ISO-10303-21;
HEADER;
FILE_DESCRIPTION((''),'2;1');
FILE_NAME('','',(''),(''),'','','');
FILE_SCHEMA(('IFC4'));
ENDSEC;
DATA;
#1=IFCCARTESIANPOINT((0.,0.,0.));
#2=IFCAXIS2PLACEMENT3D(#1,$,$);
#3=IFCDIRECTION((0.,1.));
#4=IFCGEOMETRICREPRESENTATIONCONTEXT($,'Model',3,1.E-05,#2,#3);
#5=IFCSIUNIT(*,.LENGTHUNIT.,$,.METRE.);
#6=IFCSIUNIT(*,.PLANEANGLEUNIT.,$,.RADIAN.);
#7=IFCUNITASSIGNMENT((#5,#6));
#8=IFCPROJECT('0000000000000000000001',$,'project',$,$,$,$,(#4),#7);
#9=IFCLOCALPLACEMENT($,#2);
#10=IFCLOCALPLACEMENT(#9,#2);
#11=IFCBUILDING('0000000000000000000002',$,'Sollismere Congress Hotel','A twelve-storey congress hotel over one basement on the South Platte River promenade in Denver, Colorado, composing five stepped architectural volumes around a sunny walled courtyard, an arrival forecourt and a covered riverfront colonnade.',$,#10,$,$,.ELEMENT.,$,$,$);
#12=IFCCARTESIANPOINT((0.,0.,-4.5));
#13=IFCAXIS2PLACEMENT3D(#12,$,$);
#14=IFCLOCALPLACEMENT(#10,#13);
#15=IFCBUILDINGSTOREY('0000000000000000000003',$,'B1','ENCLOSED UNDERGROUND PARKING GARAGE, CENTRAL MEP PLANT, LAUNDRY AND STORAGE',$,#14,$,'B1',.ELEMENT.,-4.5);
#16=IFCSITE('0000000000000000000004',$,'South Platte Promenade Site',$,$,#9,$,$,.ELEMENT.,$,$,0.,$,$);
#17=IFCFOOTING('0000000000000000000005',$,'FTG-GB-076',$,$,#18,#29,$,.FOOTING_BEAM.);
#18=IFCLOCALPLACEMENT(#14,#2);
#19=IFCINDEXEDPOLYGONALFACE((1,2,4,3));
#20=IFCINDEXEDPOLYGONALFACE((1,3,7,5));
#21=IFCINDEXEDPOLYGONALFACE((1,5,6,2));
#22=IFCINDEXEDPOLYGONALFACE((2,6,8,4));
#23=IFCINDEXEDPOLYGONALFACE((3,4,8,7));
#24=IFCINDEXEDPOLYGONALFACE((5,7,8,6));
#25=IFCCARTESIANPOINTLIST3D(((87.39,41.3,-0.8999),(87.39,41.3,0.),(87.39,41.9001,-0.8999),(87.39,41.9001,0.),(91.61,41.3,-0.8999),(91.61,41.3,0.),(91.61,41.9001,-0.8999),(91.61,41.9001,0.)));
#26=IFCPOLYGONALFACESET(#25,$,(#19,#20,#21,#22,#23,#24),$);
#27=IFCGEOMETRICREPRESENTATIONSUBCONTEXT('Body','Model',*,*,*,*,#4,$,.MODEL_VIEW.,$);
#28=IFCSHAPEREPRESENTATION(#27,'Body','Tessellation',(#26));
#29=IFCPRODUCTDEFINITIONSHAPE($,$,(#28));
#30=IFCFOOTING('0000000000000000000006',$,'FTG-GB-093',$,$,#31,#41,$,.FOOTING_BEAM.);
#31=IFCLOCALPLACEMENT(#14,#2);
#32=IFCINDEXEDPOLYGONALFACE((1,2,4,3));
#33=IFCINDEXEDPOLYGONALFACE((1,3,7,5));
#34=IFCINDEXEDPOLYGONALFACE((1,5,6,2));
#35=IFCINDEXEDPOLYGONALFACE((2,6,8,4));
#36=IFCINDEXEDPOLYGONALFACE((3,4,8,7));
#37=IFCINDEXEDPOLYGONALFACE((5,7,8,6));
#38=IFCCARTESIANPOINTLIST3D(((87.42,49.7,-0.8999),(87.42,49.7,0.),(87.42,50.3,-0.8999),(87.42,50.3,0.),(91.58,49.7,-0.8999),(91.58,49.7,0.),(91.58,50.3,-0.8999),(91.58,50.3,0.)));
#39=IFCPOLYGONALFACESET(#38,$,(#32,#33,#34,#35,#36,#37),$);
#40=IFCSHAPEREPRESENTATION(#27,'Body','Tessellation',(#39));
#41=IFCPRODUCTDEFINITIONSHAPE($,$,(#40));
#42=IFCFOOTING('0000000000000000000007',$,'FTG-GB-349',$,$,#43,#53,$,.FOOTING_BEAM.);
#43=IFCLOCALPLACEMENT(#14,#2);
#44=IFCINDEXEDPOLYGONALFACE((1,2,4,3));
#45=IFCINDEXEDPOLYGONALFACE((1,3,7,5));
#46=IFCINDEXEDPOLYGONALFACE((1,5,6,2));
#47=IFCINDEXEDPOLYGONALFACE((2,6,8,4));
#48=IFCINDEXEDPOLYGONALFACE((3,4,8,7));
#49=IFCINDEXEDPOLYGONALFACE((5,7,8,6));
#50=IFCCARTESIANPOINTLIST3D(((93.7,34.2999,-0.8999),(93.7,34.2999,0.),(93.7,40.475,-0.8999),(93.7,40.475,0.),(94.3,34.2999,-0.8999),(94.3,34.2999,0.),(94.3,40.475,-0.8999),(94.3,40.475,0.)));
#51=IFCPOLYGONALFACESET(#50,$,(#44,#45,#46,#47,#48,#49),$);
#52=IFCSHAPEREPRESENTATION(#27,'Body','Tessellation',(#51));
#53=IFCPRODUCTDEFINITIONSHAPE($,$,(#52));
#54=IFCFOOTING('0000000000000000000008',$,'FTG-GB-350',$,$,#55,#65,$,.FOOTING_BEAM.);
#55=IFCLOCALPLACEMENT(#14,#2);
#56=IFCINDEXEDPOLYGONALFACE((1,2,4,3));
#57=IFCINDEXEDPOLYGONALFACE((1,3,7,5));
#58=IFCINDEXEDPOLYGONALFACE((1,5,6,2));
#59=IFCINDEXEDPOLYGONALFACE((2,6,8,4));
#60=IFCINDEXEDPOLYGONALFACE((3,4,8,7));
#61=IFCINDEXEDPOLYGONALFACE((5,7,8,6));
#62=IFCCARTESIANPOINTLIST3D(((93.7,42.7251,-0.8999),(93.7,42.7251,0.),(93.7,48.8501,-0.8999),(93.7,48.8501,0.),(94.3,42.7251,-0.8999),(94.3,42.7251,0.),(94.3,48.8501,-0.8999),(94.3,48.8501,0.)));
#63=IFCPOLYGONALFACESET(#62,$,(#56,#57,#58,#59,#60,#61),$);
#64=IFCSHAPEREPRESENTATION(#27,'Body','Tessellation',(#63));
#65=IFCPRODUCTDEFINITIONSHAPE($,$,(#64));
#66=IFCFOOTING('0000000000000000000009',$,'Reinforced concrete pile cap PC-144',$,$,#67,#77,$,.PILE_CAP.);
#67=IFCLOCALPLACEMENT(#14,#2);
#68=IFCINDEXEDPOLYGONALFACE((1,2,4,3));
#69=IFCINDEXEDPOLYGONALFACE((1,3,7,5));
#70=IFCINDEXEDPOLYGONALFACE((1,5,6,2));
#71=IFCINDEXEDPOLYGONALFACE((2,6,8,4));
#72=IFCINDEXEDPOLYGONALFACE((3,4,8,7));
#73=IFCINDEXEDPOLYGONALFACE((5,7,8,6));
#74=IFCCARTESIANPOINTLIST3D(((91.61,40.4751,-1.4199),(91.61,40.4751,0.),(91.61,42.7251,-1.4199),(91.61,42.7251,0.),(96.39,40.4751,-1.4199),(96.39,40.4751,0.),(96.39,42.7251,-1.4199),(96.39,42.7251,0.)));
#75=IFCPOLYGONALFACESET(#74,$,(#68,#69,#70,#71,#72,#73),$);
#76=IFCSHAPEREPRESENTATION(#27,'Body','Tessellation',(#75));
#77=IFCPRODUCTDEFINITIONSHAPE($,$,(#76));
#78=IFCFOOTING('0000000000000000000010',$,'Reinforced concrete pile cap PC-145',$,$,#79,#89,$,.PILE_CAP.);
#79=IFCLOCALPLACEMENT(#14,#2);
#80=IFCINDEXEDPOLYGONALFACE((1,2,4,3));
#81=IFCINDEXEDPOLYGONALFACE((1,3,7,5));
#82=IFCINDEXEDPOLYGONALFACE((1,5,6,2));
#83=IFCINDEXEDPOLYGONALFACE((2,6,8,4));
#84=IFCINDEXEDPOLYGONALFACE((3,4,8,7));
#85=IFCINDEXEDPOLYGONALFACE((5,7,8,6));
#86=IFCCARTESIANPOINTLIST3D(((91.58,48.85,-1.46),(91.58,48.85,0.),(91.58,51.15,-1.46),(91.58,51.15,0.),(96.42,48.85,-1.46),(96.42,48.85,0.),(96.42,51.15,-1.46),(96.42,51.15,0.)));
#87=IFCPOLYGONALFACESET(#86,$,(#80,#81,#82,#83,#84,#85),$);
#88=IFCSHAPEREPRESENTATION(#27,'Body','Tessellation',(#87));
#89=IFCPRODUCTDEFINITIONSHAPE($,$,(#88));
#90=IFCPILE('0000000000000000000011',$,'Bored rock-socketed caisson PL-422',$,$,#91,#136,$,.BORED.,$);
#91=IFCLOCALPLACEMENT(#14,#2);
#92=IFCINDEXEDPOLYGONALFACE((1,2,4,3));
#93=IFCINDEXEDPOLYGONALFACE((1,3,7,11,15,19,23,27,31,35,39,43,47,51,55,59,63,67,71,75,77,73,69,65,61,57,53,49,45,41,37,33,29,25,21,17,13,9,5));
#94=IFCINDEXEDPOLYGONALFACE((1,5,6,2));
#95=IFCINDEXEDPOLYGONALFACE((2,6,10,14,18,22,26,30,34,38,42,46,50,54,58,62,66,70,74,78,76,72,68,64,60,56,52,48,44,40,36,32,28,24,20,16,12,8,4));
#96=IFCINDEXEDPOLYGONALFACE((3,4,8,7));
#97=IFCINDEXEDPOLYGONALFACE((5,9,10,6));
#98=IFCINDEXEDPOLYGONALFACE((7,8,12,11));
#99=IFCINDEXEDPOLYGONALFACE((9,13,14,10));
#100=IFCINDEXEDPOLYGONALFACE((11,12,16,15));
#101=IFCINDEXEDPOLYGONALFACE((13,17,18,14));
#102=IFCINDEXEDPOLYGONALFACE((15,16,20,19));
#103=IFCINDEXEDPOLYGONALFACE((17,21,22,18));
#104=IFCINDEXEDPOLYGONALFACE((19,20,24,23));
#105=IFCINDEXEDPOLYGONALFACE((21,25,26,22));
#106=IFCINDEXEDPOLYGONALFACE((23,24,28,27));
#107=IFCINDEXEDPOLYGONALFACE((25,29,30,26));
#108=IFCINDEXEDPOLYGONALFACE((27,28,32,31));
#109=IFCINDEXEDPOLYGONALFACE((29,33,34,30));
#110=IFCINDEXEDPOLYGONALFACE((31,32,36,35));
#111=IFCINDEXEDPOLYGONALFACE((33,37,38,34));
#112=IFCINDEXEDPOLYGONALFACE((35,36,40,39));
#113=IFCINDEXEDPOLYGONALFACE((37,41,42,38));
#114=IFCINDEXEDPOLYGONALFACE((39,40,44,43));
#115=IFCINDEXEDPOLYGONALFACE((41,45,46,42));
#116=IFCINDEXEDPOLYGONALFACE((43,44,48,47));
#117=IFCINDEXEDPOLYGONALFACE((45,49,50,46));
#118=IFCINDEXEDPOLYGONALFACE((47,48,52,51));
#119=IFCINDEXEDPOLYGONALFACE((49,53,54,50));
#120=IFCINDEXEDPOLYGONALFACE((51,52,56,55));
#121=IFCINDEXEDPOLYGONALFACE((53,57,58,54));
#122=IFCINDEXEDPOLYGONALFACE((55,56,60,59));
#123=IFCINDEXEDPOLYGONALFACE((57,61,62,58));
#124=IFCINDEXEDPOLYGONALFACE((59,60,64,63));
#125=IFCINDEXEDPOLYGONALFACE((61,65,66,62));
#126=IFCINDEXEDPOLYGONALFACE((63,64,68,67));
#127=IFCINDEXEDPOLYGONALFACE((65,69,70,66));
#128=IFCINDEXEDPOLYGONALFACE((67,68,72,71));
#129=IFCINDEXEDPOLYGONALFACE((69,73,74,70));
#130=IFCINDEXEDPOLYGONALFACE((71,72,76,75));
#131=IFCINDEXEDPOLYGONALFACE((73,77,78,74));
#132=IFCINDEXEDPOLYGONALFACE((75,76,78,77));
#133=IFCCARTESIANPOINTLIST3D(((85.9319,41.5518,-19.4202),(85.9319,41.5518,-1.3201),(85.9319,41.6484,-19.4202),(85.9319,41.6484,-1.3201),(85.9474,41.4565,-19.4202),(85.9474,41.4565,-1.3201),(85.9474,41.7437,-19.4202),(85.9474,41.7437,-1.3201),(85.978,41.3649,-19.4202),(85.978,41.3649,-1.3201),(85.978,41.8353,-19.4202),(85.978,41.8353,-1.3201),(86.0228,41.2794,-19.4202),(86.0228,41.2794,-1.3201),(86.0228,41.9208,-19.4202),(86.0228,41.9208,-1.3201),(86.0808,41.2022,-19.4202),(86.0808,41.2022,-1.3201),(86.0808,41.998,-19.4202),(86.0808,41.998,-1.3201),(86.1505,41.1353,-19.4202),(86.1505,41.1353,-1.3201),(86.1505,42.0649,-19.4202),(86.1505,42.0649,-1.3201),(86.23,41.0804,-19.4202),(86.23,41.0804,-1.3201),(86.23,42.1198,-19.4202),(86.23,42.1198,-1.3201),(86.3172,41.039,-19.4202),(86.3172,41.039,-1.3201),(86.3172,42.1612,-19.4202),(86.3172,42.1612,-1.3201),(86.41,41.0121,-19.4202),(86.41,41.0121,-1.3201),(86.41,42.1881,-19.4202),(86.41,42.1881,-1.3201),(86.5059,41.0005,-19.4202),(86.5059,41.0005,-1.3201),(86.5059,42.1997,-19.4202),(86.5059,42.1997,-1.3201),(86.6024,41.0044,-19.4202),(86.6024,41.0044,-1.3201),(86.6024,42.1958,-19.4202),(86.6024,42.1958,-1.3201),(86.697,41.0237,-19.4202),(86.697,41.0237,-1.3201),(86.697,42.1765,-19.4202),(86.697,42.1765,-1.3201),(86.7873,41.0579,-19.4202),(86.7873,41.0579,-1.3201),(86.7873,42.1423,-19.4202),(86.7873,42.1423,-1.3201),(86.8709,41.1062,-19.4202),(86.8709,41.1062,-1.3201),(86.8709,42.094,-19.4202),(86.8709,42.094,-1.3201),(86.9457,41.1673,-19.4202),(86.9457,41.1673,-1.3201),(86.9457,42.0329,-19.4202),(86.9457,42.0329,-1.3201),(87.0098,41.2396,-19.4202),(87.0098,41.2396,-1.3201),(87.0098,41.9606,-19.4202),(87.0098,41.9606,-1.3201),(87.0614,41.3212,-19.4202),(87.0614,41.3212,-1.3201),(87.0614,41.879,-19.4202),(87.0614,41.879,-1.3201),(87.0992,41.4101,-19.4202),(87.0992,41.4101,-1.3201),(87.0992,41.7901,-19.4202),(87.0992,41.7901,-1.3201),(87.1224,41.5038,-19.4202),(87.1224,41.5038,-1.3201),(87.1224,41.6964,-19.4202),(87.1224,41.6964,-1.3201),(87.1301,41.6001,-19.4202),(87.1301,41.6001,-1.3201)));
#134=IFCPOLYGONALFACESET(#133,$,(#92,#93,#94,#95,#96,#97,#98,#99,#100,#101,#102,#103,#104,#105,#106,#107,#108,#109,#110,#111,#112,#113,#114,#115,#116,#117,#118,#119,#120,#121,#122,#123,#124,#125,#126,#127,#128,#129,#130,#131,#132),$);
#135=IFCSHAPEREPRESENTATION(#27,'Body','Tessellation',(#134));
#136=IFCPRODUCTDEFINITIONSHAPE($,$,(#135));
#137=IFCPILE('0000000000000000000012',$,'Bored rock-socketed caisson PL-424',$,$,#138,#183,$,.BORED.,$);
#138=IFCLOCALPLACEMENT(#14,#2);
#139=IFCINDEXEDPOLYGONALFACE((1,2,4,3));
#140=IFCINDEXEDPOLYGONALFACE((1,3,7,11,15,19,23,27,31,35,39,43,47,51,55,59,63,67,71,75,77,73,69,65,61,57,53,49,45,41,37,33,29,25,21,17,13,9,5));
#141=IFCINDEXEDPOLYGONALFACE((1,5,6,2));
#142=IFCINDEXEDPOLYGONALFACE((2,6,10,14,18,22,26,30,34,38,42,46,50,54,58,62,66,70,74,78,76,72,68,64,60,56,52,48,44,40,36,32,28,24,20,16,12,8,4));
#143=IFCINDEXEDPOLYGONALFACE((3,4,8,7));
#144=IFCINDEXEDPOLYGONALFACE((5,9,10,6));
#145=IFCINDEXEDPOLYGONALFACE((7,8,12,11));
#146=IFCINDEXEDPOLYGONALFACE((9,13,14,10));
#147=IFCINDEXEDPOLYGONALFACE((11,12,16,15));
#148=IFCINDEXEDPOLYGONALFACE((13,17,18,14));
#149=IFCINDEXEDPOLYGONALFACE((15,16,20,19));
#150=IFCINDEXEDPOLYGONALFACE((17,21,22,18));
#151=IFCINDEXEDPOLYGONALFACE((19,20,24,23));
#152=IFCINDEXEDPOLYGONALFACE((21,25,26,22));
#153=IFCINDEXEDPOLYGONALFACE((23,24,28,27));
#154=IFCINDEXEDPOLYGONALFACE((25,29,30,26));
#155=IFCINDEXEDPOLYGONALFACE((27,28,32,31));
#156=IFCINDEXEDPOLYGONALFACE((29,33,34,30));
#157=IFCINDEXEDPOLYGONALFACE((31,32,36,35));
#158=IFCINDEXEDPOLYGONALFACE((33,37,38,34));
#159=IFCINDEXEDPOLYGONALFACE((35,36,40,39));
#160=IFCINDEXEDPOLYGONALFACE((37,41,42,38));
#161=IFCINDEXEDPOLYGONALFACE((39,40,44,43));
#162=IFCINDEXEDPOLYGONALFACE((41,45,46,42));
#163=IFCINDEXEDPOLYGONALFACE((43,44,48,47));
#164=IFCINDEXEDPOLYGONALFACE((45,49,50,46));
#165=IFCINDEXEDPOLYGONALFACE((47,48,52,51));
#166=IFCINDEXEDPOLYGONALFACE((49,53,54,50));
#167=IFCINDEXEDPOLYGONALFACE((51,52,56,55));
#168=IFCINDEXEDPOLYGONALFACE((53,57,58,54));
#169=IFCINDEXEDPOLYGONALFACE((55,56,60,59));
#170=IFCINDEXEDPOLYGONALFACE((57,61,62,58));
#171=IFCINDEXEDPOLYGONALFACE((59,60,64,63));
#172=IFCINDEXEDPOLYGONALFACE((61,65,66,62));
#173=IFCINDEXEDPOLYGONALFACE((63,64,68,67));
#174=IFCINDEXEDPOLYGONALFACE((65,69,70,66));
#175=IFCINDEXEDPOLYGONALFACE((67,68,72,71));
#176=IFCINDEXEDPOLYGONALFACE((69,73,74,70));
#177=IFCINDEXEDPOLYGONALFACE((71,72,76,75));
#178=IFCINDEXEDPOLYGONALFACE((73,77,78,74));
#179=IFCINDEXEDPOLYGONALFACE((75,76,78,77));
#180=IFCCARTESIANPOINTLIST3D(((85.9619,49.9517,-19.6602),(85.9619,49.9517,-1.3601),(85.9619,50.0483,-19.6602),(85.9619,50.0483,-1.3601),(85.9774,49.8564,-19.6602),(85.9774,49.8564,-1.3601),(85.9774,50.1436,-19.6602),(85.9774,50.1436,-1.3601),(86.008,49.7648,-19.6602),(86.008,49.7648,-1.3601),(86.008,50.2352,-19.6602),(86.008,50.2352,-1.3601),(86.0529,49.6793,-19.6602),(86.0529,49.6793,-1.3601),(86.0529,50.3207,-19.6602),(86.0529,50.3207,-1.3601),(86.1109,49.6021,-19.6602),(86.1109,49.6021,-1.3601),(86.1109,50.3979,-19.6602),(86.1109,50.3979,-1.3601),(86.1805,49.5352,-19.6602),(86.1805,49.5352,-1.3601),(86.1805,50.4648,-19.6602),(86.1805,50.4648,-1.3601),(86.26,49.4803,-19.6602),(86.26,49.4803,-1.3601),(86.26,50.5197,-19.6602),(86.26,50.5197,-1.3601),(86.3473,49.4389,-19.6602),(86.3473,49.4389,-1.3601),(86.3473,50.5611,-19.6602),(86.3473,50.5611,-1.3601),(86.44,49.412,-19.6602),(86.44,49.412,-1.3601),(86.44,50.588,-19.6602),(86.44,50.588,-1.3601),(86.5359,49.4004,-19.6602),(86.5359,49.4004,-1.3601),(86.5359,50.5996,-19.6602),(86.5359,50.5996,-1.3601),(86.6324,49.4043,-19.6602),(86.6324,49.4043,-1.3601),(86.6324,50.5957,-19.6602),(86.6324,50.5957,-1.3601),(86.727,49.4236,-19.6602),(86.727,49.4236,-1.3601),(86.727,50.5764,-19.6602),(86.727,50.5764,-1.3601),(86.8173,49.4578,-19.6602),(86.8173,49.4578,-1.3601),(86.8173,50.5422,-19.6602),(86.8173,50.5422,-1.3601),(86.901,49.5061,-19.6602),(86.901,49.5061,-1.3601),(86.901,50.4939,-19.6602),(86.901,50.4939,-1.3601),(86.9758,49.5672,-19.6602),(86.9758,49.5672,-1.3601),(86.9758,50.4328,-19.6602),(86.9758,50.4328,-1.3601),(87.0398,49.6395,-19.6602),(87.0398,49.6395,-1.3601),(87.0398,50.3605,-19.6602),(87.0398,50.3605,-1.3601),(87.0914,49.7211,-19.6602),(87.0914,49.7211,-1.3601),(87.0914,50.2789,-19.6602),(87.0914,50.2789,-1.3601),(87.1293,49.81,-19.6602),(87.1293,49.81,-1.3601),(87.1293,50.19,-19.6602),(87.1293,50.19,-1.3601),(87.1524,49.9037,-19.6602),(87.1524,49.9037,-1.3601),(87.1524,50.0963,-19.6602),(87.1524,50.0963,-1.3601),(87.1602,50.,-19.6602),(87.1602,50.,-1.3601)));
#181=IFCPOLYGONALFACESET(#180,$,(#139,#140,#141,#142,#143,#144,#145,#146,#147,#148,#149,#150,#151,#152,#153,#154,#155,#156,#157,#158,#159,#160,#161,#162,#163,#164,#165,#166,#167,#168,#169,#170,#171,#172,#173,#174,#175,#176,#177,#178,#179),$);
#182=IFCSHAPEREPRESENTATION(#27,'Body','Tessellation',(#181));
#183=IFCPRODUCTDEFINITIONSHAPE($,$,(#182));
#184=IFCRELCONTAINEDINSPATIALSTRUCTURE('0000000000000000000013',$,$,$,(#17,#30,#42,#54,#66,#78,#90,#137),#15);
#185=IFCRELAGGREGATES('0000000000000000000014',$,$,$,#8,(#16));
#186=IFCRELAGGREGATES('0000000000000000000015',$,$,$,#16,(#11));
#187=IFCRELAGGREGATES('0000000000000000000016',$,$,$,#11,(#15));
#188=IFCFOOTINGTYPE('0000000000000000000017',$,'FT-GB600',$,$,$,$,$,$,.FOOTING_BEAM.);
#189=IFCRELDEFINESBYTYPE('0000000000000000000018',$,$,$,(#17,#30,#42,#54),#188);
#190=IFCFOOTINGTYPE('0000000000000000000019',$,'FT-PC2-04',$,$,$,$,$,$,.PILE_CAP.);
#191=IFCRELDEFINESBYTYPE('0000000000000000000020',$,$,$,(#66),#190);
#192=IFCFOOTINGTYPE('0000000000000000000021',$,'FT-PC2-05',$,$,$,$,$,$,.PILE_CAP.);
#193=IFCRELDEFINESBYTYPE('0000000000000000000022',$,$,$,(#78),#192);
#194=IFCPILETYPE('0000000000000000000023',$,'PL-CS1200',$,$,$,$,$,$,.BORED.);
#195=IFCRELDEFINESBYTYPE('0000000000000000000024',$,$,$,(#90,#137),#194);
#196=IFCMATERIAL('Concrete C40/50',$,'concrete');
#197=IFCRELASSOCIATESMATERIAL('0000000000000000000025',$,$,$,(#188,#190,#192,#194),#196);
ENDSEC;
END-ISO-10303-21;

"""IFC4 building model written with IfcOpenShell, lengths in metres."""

from ifc_helpers import new_model, si_unit, direction, frame, origin, origin_2d, place, context, subcontext, project, spatial, rectangle, circle, extrude, material, material_profile, profile_set, type_object, element, save


model = new_model("IFC4")

# Units and contexts
model_context = context("Model", 3, precision=1e-05, world=origin(), true_north=direction((0.0, 1.0)))
body_context = subcontext(model_context, "Body", "Model", "MODEL_VIEW")
ifc_project = project(units=[si_unit("LENGTHUNIT", "METRE"), si_unit("PLANEANGLEUNIT", "RADIAN")], contexts=[model_context])

# Site, building, storey
site_placement = place(None, origin())
site = spatial("IfcSite", under=ifc_project, at=site_placement, Name="South Platte Promenade Site", CompositionType="ELEMENT", RefElevation=0.0)
building_placement = place(site_placement, origin())
building = spatial("IfcBuilding", under=site, at=building_placement, Name="Sollismere Congress Hotel", Description="A twelve-storey congress hotel over one basement on the South Platte River promenade in Denver, Colorado, composing five stepped architectural volumes around a sunny walled courtyard, an arrival forecourt and a covered riverfront colonnade.", CompositionType="ELEMENT")
storey_placement = place(building_placement, frame((0.0, 0.0, -4.5)))
storey = spatial("IfcBuildingStorey", under=building, at=storey_placement, Name="B1", Description="ENCLOSED UNDERGROUND PARKING GARAGE, CENTRAL MEP PLANT, LAUNDRY AND STORAGE", LongName="B1", CompositionType="ELEMENT", Elevation=-4.5)

# Footings
ifc_material_1 = material(Name="Concrete C40/50", Category="concrete")
footing_type_1 = type_object("IfcFootingType", Name="FT-GB600", PredefinedType="FOOTING_BEAM", material=ifc_material_1)
footing_1_placement = place(storey_placement, frame((89.5, 41.6001, -0.8999), z_axis=(0.0, 0.0, 1.0), x_axis=(1.0, 0.0, 0.0)))
element("IfcFooting", 1, at=footing_1_placement, inside=storey, type_object=footing_type_1, Name="FTG-GB-076", PredefinedType="FOOTING_BEAM", context=body_context, shape_type="SweptSolid", body=[
    extrude(rectangle(XDim=4.22, YDim=0.6001, at=origin_2d()), origin(), (0.0, 0.0, 1.0), 0.8999),
])
footing_2_placement = place(storey_placement, frame((89.5, 50.0, -0.8999), z_axis=(0.0, 0.0, 1.0), x_axis=(1.0, 0.0, 0.0)))
element("IfcFooting", 2, at=footing_2_placement, inside=storey, type_object=footing_type_1, Name="FTG-GB-093", PredefinedType="FOOTING_BEAM", context=body_context, shape_type="SweptSolid", body=[
    extrude(rectangle(XDim=4.1599, YDim=0.6001, at=origin_2d()), origin(), (0.0, 0.0, 1.0), 0.8999),
])
footing_3_placement = place(storey_placement, frame((94.0, 37.3875, -0.8999), z_axis=(0.0, 0.0, 1.0), x_axis=(0.0, 1.0, 0.0)))
element("IfcFooting", 3, at=footing_3_placement, inside=storey, type_object=footing_type_1, Name="FTG-GB-349", PredefinedType="FOOTING_BEAM", context=body_context, shape_type="SweptSolid", body=[
    extrude(rectangle(XDim=6.175, YDim=0.6001, at=origin_2d()), origin(), (0.0, 0.0, 1.0), 0.8999),
])
footing_4_placement = place(storey_placement, frame((94.0, 45.7876, -0.8999), z_axis=(0.0, 0.0, 1.0), x_axis=(0.0, 1.0, 0.0)))
element("IfcFooting", 4, at=footing_4_placement, inside=storey, type_object=footing_type_1, Name="FTG-GB-350", PredefinedType="FOOTING_BEAM", context=body_context, shape_type="SweptSolid", body=[
    extrude(rectangle(XDim=6.125, YDim=0.6001, at=origin_2d()), origin(), (0.0, 0.0, 1.0), 0.8999),
])
footing_type_2 = type_object("IfcFootingType", Name="FT-PC2-04", PredefinedType="PILE_CAP", material=ifc_material_1)
footing_5_placement = place(storey_placement, frame((94.0, 41.6001, -1.4199), z_axis=(0.0, 0.0, 1.0), x_axis=(1.0, 0.0, 0.0)))
element("IfcFooting", 5, at=footing_5_placement, inside=storey, type_object=footing_type_2, Name="Reinforced concrete pile cap PC-144", PredefinedType="PILE_CAP", context=body_context, shape_type="SweptSolid", body=[
    extrude(rectangle(XDim=4.78, YDim=2.25, at=origin_2d()), origin(), (0.0, 0.0, 1.0), 1.4199),
])
footing_type_3 = type_object("IfcFootingType", Name="FT-PC2-05", PredefinedType="PILE_CAP", material=ifc_material_1)
footing_6_placement = place(storey_placement, frame((94.0, 50.0, -1.46), z_axis=(0.0, 0.0, 1.0), x_axis=(1.0, 0.0, 0.0)))
element("IfcFooting", 6, at=footing_6_placement, inside=storey, type_object=footing_type_3, Name="Reinforced concrete pile cap PC-145", PredefinedType="PILE_CAP", context=body_context, shape_type="SweptSolid", body=[
    extrude(rectangle(XDim=4.8401, YDim=2.3, at=origin_2d()), origin(), (0.0, 0.0, 1.0), 1.46),
])

# Piles
ifc_material_profile_1 = material_profile(ifc_material_1, circle(Radius=0.6001, at=origin_2d()), Name="CAISSON1200")
ifc_profile_set_1 = profile_set([ifc_material_profile_1], Name="Concrete C40/50")
pile_type = type_object("IfcPileType", Name="PL-CS1200", PredefinedType="BORED", material=ifc_profile_set_1)
pile_1_placement = place(storey_placement, frame((86.53, 41.6001, -1.3201), z_axis=(0.0, 0.0, -1.0), x_axis=(1.0, 0.0, 0.0)))
element("IfcPile", 7, at=pile_1_placement, inside=storey, type_object=pile_type, Name="Bored rock-socketed caisson PL-422", PredefinedType="BORED", context=body_context, shape_type="SweptSolid", body=[
    extrude(circle(Radius=0.6001, at=origin_2d()), origin(), (0.0, 0.0, 1.0), 18.1001),
])
pile_2_placement = place(storey_placement, frame((86.5601, 50.0, -1.3601), z_axis=(0.0, 0.0, -1.0), x_axis=(1.0, 0.0, 0.0)))
element("IfcPile", 8, at=pile_2_placement, inside=storey, type_object=pile_type, Name="Bored rock-socketed caisson PL-424", PredefinedType="BORED", context=body_context, shape_type="SweptSolid", body=[
    extrude(circle(Radius=0.6001, at=origin_2d()), origin(), (0.0, 0.0, 1.0), 18.3),
])

save(model, "model.ifc")
